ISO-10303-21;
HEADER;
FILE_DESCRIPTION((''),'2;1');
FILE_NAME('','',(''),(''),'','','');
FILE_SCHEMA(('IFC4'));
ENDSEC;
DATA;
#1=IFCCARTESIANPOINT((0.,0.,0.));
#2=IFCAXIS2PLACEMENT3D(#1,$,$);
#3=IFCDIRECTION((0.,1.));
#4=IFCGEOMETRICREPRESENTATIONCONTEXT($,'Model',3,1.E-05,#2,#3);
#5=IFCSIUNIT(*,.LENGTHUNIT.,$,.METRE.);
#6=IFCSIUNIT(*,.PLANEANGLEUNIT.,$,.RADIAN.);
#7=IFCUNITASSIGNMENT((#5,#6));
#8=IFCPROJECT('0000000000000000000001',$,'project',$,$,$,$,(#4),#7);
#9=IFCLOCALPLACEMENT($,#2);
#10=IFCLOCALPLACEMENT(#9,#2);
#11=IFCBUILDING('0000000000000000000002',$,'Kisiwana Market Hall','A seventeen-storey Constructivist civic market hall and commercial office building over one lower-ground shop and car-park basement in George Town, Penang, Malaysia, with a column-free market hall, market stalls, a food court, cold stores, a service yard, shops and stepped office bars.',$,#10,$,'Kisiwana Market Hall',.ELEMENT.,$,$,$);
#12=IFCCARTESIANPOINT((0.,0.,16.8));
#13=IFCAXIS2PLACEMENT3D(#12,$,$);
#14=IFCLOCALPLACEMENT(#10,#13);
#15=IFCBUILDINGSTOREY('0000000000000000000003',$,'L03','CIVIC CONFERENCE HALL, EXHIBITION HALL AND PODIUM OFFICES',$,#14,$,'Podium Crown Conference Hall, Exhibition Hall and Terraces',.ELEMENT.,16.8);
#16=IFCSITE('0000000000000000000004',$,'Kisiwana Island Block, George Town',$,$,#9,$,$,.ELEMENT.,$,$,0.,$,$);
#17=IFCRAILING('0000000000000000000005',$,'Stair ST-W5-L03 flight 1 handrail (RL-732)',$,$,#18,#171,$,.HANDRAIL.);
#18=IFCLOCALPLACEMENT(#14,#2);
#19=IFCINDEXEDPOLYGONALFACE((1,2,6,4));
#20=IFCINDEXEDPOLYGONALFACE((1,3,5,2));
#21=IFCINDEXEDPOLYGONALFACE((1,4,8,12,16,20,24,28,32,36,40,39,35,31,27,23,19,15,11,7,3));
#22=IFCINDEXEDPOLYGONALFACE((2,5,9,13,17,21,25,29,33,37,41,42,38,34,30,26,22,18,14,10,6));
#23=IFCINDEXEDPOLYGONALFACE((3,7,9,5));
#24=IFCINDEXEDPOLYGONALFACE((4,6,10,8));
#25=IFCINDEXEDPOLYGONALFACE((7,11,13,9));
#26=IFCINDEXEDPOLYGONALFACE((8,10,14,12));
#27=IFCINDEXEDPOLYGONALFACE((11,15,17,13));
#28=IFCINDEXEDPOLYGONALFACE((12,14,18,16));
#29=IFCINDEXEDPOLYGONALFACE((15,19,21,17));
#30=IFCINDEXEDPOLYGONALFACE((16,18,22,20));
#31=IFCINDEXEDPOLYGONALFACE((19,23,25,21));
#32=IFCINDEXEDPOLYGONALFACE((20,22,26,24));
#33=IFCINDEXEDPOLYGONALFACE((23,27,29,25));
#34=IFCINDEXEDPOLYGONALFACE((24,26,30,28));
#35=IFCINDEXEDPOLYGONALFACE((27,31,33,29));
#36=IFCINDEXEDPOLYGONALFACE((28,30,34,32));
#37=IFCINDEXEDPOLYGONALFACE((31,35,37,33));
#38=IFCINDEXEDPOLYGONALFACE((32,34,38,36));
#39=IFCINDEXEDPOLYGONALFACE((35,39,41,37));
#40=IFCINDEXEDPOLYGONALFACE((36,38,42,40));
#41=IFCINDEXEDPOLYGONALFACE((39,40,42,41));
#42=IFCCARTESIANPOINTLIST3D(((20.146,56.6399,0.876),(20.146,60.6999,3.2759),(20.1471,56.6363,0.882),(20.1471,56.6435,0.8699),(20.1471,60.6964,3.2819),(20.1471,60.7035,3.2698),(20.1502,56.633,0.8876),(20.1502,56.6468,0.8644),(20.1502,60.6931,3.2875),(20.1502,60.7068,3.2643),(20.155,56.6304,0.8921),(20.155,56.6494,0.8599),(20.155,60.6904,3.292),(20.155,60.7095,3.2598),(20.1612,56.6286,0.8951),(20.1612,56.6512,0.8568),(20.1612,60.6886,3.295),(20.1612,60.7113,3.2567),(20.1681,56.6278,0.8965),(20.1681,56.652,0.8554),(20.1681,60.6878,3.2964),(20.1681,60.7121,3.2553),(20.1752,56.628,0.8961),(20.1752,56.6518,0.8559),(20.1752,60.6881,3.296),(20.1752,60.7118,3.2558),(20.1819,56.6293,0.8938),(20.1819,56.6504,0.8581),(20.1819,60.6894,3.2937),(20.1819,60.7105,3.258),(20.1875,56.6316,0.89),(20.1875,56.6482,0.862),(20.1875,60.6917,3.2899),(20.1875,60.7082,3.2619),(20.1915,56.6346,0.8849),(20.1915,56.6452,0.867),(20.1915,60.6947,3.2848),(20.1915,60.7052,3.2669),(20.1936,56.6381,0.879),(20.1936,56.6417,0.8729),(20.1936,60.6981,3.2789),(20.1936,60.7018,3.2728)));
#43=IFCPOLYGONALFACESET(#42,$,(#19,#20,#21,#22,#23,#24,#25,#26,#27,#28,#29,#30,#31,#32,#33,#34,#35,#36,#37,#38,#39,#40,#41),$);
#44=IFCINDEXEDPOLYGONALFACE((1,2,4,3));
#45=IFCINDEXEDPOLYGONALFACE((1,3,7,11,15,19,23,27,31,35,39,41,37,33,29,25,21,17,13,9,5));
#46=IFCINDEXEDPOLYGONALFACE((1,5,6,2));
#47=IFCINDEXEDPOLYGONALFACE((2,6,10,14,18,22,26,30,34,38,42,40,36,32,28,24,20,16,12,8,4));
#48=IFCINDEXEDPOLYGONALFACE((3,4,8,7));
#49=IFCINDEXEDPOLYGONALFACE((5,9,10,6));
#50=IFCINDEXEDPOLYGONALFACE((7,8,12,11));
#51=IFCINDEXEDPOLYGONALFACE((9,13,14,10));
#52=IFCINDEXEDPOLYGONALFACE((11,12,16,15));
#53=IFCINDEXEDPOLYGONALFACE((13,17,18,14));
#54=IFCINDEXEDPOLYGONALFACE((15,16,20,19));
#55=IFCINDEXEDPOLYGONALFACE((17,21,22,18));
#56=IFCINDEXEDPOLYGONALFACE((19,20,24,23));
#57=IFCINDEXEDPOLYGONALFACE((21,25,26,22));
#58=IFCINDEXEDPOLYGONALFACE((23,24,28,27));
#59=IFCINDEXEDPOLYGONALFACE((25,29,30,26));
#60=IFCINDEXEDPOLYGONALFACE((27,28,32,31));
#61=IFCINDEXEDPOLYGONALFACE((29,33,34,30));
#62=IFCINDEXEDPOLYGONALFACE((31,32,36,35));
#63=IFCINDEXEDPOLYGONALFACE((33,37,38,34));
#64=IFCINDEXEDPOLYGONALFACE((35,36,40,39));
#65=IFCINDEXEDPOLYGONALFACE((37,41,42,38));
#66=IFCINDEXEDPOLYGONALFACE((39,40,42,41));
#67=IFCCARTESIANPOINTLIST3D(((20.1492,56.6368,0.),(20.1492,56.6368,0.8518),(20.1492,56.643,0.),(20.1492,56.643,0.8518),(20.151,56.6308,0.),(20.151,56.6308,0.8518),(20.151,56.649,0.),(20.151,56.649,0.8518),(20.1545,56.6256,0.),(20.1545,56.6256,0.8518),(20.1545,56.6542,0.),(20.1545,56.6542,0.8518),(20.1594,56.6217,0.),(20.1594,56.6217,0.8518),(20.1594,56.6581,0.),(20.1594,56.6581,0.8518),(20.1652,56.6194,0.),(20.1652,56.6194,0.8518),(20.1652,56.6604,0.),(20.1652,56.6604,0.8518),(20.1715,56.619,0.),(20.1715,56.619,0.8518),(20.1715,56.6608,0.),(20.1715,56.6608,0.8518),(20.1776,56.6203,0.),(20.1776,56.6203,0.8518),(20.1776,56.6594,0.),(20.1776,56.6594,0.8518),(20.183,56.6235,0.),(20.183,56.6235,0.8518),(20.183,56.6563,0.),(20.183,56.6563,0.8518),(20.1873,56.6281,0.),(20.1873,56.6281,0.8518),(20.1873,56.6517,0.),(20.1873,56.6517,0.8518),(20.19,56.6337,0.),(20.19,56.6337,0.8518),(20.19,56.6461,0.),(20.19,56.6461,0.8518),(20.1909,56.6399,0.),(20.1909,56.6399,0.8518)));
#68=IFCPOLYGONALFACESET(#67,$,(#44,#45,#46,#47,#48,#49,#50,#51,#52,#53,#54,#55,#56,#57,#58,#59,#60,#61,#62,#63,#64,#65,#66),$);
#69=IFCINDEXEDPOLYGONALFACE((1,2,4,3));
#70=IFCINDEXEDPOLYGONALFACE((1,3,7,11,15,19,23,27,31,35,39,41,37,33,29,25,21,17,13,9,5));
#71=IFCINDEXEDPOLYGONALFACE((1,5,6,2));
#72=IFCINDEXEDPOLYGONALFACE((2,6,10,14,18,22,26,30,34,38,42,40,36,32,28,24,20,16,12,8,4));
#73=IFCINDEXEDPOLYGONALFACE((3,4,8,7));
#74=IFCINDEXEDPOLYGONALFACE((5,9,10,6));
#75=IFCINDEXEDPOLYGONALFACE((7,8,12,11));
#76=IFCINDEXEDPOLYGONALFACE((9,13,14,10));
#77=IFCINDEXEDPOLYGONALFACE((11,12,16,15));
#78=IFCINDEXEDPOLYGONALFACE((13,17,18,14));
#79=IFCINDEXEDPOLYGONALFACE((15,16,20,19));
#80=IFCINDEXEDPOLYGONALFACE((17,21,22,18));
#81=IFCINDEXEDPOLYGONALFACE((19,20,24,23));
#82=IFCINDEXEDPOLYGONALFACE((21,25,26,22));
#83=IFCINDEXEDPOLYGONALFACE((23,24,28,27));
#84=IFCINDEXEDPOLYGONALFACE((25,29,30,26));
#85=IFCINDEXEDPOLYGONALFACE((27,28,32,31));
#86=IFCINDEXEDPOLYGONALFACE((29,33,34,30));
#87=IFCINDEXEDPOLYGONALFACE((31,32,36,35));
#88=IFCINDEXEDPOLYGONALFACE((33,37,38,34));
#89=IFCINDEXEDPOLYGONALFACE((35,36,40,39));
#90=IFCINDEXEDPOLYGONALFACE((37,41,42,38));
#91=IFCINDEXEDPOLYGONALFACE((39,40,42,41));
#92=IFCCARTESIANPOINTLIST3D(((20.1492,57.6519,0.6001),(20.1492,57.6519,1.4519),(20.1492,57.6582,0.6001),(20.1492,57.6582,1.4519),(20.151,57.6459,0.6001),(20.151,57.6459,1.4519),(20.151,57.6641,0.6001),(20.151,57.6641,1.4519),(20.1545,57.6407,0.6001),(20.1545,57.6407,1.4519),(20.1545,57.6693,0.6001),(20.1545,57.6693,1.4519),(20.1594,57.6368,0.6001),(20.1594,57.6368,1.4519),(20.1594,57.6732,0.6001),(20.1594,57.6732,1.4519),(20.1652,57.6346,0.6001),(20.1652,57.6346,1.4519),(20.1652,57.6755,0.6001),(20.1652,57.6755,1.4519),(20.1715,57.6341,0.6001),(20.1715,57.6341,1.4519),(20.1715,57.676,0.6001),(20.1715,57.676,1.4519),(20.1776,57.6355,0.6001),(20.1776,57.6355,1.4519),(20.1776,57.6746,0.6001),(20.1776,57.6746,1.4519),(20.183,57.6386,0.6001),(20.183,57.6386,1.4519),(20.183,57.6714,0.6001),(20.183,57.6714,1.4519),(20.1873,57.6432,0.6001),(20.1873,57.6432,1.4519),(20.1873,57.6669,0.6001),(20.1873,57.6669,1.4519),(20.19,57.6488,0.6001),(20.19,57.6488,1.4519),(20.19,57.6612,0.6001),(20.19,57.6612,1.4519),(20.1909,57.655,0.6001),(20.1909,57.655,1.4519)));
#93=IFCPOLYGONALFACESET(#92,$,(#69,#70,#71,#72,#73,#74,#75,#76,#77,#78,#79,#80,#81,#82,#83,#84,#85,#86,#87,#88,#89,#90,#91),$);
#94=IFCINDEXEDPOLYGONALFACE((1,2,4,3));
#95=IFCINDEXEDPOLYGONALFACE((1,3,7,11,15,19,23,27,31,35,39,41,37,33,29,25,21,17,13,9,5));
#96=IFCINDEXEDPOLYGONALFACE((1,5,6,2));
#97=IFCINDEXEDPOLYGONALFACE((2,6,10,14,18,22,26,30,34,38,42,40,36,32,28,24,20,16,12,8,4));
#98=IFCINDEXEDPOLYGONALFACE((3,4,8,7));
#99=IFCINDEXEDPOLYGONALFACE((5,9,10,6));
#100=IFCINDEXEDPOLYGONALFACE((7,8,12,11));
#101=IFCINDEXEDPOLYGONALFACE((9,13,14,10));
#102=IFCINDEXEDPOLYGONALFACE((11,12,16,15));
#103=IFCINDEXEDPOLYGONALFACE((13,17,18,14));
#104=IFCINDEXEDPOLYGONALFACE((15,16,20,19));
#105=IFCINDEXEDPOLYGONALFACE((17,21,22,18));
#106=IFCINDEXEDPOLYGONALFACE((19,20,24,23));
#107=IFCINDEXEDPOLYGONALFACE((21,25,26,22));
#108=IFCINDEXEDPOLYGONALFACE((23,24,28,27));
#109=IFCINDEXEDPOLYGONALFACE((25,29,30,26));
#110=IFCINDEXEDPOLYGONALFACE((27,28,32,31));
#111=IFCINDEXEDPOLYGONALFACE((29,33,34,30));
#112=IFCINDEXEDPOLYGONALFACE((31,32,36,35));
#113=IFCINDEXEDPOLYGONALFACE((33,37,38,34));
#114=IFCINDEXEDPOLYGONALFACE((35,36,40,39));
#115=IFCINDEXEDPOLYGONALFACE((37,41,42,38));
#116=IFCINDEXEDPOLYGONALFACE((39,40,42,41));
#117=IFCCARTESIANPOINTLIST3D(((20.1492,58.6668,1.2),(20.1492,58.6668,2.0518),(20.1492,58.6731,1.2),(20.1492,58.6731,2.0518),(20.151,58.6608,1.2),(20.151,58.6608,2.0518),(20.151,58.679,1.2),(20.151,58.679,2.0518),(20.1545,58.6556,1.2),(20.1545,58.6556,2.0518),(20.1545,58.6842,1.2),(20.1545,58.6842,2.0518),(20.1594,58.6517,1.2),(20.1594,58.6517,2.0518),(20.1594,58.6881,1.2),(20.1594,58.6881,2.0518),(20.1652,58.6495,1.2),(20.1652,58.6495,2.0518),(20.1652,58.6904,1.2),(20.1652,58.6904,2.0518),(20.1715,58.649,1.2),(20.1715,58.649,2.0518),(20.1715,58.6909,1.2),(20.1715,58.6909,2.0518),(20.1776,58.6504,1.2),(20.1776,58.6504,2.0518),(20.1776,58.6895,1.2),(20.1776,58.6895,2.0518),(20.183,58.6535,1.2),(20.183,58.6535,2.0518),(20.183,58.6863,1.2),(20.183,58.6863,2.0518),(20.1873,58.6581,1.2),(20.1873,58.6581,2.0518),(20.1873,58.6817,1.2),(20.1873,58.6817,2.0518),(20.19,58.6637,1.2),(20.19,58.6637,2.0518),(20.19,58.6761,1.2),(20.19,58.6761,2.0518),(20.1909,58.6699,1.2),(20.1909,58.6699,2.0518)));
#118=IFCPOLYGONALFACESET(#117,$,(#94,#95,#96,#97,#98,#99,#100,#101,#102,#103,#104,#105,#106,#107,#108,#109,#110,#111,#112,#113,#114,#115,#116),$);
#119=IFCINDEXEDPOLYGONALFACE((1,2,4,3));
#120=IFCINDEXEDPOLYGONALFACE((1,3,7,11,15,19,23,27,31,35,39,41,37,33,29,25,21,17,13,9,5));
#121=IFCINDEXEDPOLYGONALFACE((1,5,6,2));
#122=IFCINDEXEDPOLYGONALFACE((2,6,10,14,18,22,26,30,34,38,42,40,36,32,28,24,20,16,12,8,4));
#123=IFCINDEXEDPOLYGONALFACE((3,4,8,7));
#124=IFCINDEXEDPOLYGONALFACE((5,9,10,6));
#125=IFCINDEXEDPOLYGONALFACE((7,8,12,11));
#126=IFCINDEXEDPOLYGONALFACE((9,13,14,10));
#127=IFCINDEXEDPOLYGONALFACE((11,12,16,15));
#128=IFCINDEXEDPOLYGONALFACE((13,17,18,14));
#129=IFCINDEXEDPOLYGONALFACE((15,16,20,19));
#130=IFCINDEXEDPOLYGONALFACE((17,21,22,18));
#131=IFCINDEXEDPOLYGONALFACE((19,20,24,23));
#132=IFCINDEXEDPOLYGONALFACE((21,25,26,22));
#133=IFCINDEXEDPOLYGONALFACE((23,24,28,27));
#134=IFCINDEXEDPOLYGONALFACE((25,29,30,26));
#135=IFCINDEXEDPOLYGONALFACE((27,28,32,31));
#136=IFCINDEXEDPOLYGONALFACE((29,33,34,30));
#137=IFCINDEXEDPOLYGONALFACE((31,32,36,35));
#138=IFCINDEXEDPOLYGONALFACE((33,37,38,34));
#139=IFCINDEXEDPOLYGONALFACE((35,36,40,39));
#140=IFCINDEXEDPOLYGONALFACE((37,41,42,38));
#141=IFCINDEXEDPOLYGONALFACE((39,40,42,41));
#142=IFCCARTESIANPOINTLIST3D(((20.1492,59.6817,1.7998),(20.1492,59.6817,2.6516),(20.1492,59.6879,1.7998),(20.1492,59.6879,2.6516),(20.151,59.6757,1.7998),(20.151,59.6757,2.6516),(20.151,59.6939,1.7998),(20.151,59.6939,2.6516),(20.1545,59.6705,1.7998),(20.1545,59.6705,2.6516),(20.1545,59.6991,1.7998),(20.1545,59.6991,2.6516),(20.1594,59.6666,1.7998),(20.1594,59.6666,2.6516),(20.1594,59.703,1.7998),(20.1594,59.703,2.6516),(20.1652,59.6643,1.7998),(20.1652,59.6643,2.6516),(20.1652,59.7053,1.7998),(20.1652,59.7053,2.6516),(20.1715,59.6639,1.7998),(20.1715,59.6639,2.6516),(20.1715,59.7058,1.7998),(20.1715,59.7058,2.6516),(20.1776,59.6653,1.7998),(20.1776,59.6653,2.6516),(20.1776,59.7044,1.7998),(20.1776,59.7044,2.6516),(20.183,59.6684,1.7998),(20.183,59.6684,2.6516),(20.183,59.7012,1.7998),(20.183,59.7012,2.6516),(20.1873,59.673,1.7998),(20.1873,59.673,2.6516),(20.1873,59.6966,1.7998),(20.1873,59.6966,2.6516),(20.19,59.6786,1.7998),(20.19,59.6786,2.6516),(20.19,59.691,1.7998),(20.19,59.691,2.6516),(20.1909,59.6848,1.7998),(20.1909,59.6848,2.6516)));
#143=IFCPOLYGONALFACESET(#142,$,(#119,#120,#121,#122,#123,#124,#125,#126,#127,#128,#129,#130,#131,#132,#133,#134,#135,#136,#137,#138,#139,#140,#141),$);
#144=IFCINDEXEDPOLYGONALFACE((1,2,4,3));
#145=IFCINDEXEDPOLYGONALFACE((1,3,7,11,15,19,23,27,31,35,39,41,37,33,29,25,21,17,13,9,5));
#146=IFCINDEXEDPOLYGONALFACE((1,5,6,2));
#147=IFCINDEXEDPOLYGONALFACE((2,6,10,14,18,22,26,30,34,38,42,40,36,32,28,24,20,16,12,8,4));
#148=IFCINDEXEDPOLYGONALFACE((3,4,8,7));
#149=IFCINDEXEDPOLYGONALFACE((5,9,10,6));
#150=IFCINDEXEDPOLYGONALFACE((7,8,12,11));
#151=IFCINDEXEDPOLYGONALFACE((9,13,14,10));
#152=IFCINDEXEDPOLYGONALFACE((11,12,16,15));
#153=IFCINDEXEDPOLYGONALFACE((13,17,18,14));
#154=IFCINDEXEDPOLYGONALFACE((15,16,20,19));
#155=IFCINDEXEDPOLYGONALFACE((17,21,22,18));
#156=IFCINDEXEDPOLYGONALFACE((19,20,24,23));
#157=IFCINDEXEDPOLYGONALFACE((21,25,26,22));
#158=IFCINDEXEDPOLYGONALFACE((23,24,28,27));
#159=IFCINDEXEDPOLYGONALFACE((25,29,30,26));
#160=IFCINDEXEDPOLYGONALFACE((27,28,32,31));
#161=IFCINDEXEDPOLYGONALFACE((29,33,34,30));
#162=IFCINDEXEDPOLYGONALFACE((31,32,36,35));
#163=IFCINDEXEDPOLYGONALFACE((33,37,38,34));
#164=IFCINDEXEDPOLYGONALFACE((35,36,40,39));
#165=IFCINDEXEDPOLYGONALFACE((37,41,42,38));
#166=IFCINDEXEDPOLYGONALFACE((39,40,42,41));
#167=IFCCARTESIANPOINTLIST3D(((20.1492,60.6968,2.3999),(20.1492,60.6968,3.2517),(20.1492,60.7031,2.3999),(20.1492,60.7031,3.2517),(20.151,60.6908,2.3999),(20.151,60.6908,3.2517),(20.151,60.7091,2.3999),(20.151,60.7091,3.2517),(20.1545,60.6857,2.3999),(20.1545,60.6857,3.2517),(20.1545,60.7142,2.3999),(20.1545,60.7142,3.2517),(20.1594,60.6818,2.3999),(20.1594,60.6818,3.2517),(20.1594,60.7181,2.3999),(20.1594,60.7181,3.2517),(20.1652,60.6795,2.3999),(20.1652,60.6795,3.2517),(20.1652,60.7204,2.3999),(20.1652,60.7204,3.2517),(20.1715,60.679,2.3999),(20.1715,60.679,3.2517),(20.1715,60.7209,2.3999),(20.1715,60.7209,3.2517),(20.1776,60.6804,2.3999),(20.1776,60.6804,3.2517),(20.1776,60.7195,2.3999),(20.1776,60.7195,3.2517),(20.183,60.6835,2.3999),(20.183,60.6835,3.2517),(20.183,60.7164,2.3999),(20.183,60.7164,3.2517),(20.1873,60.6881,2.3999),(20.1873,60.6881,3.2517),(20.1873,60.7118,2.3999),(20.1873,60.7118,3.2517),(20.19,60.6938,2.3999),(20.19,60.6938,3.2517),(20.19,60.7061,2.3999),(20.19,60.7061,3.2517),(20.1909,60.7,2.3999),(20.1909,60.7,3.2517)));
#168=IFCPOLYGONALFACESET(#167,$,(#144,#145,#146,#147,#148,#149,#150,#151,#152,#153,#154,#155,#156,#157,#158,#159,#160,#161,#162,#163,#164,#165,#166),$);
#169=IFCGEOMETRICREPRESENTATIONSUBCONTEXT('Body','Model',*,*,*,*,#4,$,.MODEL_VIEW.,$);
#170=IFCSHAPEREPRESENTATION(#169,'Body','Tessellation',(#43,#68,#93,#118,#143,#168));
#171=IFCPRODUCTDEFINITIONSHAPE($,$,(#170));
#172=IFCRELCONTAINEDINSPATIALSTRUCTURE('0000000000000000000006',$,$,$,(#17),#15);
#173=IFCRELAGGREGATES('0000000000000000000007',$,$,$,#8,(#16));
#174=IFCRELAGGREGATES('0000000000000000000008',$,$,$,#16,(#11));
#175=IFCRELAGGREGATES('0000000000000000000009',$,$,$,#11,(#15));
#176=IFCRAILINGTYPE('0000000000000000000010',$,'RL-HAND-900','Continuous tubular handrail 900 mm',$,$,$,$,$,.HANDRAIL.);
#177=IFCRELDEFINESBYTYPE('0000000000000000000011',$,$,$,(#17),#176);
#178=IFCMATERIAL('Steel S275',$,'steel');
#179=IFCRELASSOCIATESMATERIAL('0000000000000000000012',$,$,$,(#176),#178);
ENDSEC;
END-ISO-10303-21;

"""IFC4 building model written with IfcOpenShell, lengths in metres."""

from ifc_helpers import new_model, si_unit, direction, frame, origin, origin_2d, place, context, subcontext, project, spatial, circle, extrude, material, type_object, element, save


model = new_model("IFC4")

# Units and contexts
model_context = context("Model", 3, precision=1e-05, world=origin(), true_north=direction((0.0, 1.0)))
body_context = subcontext(model_context, "Body", "Model", "MODEL_VIEW")
ifc_project = project(units=[si_unit("LENGTHUNIT", "METRE"), si_unit("PLANEANGLEUNIT", "RADIAN")], contexts=[model_context])

# Site, building, storey
site_placement = place(None, origin())
site = spatial("IfcSite", under=ifc_project, at=site_placement, Name="Kisiwana Island Block, George Town", CompositionType="ELEMENT", RefElevation=0.0)
building_placement = place(site_placement, origin())
building = spatial("IfcBuilding", under=site, at=building_placement, Name="Kisiwana Market Hall", Description="A seventeen-storey Constructivist civic market hall and commercial office building over one lower-ground shop and car-park basement in George Town, Penang, Malaysia, with a column-free market hall, market stalls, a food court, cold stores, a service yard, shops and stepped office bars.", LongName="Kisiwana Market Hall", CompositionType="ELEMENT")
storey_placement = place(building_placement, frame((0.0, 0.0, 16.8)))
storey = spatial("IfcBuildingStorey", under=building, at=storey_placement, Name="L03", Description="CIVIC CONFERENCE HALL, EXHIBITION HALL AND PODIUM OFFICES", LongName="Podium Crown Conference Hall, Exhibition Hall and Terraces", CompositionType="ELEMENT", Elevation=16.8)

# Railing
ifc_material_1 = material(Name="Steel S275", Category="steel")
railing_type_1 = type_object("IfcRailingType", Name="RL-HAND-900", Description="Continuous tubular handrail 900 mm", PredefinedType="HANDRAIL", material=ifc_material_1)
railing_1_placement = place(storey_placement, frame((20.1699, 56.6399, 0.0)))
element("IfcRailing", 1, at=railing_1_placement, inside=storey, type_object=railing_type_1, Name="Stair ST-W5-L03 flight 1 handrail (RL-732)", PredefinedType="HANDRAIL", context=body_context, shape_type="SweptSolid", body=[
    extrude(circle(Radius=0.0239, at=origin_2d()), frame((0.0, 0.0, 0.876), z_axis=(0.0, 0.860854, 0.508851), x_axis=(-1.0, 0.0, 0.0)), (0.0, 0.0, 1.0), 4.7163),
    extrude(circle(Radius=0.021, at=origin_2d()), origin(), (0.0, 0.0, 1.0), 0.8518),
    extrude(circle(Radius=0.021, at=origin_2d()), frame((0.0, 1.0151, 0.6001)), (0.0, 0.0, 1.0), 0.8518),
    extrude(circle(Radius=0.021, at=origin_2d()), frame((0.0, 2.03, 1.2)), (0.0, 0.0, 1.0), 0.8518),
    extrude(circle(Radius=0.021, at=origin_2d()), frame((0.0, 3.0449, 1.7998)), (0.0, 0.0, 1.0), 0.8518),
    extrude(circle(Radius=0.021, at=origin_2d()), frame((0.0, 4.0601, 2.3999)), (0.0, 0.0, 1.0), 0.8518),
])

save(model, "model.ifc")
